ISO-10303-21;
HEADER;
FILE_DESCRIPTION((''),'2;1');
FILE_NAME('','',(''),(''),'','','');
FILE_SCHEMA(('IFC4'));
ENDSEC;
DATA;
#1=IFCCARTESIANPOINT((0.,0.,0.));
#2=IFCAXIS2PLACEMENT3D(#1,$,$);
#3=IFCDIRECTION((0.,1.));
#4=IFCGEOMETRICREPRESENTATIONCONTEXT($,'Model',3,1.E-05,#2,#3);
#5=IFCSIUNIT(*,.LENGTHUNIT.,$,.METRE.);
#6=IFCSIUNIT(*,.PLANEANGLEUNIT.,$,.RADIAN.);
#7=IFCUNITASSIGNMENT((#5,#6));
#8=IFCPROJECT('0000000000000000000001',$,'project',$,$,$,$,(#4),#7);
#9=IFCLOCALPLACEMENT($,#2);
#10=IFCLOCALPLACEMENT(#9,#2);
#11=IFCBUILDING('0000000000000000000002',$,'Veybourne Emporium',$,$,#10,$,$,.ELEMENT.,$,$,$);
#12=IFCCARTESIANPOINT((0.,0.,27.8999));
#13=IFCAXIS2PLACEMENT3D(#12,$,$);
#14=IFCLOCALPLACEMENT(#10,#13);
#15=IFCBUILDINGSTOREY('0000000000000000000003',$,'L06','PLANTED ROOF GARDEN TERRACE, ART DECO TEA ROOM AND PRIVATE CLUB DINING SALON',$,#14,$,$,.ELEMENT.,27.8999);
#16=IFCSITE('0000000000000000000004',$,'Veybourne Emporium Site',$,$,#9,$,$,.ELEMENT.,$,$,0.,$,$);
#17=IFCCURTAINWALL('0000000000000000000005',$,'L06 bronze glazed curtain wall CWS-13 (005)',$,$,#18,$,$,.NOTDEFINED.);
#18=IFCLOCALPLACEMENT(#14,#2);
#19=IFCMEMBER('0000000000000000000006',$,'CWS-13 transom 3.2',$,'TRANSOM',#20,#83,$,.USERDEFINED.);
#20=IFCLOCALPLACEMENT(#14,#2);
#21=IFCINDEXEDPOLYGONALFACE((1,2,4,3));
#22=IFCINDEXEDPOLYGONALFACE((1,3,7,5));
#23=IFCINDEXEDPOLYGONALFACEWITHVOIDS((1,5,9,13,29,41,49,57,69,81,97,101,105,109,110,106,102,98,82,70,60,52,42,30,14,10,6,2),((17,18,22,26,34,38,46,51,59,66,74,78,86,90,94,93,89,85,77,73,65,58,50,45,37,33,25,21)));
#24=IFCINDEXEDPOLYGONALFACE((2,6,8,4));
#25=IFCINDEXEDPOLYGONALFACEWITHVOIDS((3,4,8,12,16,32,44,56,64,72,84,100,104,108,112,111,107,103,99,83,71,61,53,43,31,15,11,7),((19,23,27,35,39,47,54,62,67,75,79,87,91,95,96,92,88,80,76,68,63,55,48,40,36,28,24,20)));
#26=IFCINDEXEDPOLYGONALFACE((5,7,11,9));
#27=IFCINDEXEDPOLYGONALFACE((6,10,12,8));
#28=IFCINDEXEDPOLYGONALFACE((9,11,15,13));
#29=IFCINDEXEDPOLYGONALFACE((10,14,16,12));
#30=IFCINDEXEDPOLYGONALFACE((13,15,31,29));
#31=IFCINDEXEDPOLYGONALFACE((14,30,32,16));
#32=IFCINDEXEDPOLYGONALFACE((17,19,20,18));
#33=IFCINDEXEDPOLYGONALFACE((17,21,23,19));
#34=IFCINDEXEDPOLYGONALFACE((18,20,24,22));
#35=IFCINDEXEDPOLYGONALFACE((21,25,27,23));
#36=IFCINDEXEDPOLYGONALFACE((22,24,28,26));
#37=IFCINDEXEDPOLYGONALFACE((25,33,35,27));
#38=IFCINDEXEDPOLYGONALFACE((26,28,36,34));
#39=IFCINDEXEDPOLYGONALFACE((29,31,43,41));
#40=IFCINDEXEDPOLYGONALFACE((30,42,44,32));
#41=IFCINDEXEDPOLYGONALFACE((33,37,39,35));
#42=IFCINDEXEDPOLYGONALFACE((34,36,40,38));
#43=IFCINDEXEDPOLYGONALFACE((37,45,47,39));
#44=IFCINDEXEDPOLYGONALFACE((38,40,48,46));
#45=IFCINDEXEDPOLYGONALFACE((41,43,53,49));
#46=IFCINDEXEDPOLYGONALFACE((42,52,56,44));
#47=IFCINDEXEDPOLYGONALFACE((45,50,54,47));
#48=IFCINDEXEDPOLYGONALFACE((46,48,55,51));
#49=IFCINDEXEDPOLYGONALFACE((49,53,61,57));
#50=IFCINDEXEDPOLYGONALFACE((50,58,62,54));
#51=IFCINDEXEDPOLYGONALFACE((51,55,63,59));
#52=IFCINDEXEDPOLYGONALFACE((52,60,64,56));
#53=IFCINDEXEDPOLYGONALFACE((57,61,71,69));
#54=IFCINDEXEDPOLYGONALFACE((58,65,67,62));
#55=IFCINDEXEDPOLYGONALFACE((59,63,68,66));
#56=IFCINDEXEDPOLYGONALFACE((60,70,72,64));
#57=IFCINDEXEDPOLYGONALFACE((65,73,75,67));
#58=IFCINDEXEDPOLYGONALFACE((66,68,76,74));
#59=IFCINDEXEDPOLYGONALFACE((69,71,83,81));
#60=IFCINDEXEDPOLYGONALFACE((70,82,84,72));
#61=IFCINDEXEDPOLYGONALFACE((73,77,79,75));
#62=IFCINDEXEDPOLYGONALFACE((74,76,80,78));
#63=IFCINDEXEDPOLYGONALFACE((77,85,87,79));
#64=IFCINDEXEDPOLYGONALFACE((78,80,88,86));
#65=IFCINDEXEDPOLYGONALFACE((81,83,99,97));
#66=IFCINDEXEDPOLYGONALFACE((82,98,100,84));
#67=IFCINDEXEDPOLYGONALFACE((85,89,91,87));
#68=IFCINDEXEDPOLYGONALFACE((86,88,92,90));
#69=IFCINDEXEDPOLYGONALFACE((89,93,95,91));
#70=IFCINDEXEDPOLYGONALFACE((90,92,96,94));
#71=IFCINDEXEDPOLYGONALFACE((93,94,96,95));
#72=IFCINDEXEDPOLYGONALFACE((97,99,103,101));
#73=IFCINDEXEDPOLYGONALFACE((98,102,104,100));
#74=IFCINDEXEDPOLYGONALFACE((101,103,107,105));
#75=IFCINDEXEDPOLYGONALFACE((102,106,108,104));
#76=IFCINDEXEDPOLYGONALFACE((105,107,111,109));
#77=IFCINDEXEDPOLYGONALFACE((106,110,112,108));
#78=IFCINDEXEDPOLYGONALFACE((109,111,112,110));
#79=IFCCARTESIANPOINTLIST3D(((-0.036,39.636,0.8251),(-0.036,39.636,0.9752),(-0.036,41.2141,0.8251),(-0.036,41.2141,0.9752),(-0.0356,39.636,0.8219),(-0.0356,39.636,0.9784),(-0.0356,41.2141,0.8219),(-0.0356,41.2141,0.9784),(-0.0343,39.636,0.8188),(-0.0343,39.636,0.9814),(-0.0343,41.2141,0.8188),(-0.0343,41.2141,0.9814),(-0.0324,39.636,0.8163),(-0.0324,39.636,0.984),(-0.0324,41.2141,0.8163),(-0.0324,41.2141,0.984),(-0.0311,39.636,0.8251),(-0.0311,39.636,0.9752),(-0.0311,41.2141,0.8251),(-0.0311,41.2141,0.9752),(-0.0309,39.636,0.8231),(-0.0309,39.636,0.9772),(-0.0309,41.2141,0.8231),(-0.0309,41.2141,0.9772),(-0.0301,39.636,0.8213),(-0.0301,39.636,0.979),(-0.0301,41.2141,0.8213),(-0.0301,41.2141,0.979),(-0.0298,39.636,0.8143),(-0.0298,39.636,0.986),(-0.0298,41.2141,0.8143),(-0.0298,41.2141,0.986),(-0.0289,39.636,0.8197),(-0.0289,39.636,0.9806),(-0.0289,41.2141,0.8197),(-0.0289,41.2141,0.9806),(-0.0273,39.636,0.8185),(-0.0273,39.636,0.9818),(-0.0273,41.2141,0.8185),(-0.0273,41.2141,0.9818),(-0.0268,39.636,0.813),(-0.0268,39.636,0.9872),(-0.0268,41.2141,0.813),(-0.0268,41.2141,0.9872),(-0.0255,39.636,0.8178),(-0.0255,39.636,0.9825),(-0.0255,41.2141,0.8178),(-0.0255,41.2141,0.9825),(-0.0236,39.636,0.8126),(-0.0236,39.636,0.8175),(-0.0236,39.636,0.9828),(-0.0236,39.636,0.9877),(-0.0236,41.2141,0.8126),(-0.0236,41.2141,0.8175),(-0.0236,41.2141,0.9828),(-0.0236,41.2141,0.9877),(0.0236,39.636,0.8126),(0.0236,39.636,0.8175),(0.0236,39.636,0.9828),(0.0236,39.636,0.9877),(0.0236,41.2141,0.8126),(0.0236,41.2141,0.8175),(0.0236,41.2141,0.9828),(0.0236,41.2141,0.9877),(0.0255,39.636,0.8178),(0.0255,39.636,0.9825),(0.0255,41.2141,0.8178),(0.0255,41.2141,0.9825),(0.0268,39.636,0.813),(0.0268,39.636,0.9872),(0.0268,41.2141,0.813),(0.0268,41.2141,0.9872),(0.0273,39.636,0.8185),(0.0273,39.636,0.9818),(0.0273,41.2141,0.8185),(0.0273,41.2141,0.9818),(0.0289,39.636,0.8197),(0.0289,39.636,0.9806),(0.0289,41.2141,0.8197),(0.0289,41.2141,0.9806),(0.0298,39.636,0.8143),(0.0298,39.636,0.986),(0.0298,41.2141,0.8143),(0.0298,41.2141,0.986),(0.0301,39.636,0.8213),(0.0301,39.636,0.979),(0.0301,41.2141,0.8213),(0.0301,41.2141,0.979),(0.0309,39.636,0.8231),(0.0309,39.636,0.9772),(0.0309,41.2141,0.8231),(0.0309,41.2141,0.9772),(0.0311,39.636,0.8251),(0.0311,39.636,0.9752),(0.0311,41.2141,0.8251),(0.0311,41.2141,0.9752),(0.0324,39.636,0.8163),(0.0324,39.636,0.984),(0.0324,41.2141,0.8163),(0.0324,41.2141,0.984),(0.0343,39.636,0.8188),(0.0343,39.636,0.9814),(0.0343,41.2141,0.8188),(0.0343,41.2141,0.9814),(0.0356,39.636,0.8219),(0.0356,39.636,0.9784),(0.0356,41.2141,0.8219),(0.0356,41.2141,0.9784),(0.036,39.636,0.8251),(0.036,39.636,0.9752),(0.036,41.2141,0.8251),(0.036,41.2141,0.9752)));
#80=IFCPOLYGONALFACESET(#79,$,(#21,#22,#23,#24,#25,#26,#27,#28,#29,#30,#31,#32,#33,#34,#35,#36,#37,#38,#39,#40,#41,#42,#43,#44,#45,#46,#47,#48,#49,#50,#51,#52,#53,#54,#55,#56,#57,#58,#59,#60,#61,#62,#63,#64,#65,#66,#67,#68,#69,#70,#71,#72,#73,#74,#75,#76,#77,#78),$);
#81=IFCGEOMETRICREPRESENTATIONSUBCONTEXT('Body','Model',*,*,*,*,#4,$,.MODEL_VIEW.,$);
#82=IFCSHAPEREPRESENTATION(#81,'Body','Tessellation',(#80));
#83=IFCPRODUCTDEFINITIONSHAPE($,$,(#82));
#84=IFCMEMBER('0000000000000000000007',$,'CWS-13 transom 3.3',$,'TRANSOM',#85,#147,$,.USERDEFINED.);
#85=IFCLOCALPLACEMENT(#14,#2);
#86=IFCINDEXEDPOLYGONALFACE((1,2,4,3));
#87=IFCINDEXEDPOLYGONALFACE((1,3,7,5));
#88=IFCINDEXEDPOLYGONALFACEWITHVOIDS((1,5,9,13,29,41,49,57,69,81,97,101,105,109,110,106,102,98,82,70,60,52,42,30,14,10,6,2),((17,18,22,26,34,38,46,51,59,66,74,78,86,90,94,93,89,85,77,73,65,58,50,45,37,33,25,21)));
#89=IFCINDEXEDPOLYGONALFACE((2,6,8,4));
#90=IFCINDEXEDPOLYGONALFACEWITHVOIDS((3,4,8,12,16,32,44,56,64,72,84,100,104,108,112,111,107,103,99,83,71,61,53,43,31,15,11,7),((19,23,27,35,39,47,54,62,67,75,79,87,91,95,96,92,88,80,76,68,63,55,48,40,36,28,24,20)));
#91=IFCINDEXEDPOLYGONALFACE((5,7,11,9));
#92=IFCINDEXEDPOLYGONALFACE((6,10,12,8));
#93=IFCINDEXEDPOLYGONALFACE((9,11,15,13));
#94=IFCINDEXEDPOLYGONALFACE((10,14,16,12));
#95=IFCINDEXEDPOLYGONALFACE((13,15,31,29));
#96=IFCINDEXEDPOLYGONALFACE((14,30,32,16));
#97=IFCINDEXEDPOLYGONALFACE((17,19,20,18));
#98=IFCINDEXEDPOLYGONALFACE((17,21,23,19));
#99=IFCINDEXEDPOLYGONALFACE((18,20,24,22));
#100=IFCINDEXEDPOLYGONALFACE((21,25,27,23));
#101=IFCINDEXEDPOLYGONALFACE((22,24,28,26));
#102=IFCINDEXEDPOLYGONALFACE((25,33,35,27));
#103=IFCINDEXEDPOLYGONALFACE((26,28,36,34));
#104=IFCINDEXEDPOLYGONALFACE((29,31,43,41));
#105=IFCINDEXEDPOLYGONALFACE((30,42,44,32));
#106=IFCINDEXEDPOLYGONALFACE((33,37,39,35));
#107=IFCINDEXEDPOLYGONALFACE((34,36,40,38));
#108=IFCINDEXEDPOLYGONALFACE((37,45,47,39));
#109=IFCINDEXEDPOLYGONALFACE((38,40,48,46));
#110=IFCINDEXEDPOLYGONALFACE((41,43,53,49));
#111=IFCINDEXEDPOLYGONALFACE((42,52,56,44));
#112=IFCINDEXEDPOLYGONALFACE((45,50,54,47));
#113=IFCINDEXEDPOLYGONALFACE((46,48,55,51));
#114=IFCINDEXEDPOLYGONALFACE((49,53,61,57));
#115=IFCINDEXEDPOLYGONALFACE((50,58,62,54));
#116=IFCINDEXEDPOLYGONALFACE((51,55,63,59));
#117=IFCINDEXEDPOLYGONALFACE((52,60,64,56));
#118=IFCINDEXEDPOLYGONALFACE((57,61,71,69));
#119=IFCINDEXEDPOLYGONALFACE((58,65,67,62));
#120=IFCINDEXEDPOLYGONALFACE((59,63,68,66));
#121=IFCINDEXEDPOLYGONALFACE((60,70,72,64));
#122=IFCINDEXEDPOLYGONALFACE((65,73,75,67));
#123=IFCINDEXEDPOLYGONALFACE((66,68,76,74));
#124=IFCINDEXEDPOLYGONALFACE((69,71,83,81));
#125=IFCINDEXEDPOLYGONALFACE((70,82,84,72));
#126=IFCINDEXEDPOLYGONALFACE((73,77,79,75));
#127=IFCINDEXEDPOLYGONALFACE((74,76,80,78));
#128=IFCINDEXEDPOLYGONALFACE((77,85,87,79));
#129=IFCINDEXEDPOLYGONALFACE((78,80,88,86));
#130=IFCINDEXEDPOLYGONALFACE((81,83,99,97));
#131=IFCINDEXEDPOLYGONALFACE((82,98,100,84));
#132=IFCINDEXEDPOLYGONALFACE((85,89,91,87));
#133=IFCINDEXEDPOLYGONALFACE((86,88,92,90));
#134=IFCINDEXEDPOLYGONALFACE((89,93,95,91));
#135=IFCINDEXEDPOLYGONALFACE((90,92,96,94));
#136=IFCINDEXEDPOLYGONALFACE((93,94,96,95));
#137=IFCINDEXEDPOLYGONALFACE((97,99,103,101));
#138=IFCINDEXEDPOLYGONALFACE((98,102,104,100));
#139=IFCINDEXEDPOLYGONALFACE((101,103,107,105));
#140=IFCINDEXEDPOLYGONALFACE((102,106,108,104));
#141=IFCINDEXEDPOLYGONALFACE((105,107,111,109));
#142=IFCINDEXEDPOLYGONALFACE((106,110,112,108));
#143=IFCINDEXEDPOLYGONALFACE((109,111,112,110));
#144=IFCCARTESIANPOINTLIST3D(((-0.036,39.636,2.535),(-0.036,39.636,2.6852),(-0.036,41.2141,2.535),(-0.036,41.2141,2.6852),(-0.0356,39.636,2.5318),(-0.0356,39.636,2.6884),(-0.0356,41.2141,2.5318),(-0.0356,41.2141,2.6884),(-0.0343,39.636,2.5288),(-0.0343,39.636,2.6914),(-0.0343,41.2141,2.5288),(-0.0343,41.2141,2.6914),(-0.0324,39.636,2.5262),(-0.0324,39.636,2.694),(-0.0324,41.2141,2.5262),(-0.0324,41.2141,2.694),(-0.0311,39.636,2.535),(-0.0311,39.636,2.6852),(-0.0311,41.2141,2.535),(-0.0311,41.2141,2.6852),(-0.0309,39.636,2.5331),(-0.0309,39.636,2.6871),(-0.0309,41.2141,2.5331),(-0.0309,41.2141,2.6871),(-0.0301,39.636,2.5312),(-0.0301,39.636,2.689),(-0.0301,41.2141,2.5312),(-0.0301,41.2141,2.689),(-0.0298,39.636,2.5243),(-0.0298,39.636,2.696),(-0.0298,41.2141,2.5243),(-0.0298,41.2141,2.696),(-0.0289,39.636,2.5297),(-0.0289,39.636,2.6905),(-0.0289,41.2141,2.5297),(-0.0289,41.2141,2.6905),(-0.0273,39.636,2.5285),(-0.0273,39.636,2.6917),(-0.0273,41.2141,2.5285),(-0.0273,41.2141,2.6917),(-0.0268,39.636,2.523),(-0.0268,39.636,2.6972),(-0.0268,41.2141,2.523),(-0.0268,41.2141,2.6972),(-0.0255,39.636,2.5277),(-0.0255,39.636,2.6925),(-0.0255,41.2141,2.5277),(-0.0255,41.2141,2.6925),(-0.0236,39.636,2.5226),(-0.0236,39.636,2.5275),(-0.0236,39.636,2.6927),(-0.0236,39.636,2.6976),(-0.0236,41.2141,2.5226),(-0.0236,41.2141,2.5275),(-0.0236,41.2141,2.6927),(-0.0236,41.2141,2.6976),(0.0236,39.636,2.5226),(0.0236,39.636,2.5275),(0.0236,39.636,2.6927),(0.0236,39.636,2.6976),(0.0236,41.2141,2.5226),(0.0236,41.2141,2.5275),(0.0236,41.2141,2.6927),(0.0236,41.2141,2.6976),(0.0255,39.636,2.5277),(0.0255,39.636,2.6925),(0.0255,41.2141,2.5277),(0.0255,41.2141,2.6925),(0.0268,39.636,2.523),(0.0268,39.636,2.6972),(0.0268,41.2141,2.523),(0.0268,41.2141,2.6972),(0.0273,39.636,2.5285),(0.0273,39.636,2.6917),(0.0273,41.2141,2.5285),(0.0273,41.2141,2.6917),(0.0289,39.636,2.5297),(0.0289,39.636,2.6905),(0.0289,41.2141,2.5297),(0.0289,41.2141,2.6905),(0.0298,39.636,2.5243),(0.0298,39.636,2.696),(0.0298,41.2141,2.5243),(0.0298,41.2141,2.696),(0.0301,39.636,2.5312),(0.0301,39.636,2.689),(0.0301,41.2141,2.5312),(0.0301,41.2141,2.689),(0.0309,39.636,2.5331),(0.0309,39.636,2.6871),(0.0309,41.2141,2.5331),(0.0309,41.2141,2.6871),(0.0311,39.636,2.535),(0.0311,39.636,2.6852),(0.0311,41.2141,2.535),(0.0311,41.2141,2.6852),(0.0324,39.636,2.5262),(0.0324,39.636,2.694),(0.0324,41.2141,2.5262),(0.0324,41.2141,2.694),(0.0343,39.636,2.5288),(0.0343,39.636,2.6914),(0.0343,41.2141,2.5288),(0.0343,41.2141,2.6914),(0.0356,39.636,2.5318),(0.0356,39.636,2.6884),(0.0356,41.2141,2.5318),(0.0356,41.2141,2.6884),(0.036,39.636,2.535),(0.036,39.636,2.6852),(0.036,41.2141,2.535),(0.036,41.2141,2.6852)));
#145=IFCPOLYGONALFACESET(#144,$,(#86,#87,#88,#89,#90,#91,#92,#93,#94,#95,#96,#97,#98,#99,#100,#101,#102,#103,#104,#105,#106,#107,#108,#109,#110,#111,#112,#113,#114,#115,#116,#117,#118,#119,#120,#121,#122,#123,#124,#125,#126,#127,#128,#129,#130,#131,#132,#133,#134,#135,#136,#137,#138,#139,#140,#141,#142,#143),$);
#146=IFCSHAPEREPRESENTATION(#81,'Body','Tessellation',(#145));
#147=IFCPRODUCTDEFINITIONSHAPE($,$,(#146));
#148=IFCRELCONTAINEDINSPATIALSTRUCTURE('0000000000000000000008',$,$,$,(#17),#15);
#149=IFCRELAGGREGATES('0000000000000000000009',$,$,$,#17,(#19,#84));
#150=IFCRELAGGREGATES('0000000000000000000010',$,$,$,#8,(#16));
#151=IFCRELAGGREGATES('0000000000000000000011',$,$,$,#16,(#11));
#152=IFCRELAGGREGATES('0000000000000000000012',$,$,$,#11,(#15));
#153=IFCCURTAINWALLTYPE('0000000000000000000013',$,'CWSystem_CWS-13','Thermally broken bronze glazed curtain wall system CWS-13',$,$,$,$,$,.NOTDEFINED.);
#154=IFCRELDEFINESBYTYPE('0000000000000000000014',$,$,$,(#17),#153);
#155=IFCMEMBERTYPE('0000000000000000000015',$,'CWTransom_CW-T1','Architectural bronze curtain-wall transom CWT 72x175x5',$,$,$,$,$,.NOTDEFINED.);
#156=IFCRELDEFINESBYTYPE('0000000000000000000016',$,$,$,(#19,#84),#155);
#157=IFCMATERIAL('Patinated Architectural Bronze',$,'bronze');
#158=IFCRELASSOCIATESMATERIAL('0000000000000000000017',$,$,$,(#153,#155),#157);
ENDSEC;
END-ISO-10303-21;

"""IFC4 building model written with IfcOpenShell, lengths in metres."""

from ifc_helpers import new_model, si_unit, direction, frame, origin, origin_2d, place, context, subcontext, project, spatial, hollow_rectangle, extrude, material, material_profile, profile_set, type_object, element, aggregate, save


model = new_model("IFC4")

# Units and contexts
model_context = context("Model", 3, precision=1e-05, world=origin(), true_north=direction((0.0, 1.0)))
body_context = subcontext(model_context, "Body", "Model", "MODEL_VIEW")
ifc_project = project(units=[si_unit("LENGTHUNIT", "METRE"), si_unit("PLANEANGLEUNIT", "RADIAN")], contexts=[model_context])

# Site, building, storey
site_placement = place(None, origin())
site = spatial("IfcSite", under=ifc_project, at=site_placement, Name="Veybourne Emporium Site", CompositionType="ELEMENT", RefElevation=0.0)
building_placement = place(site_placement, origin())
building = spatial("IfcBuilding", under=site, at=building_placement, Name="Veybourne Emporium", CompositionType="ELEMENT")
storey_placement = place(building_placement, frame((0.0, 0.0, 27.8999)))
storey = spatial("IfcBuildingStorey", under=building, at=storey_placement, Name="L06", Description="PLANTED ROOF GARDEN TERRACE, ART DECO TEA ROOM AND PRIVATE CLUB DINING SALON", CompositionType="ELEMENT", Elevation=27.8999)

# Curtain wall
ifc_material_1 = material(Name="Patinated Architectural Bronze", Category="bronze")
curtain_wall_type_1 = type_object("IfcCurtainWallType", Name="CWSystem_CWS-13", Description="Thermally broken bronze glazed curtain wall system CWS-13", PredefinedType="NOTDEFINED", material=ifc_material_1)
curtain_wall_1_placement = place(storey_placement, origin())
curtain_wall_1 = element("IfcCurtainWall", 1, at=curtain_wall_1_placement, inside=storey, type_object=curtain_wall_type_1, Name="L06 bronze glazed curtain wall CWS-13 (005)", PredefinedType="NOTDEFINED")

# Members
ifc_material_profile_1 = material_profile(ifc_material_1, hollow_rectangle(XDim=0.072, YDim=0.175, WallThickness=0.0049, InnerFilletRadius=0.0076, OuterFilletRadius=0.0125, at=origin_2d()), Name="CWT 72x175x5")
ifc_profile_set_1 = profile_set([ifc_material_profile_1], Name="Patinated Architectural Bronze")
member_type_1 = type_object("IfcMemberType", Name="CWTransom_CW-T1", Description="Architectural bronze curtain-wall transom CWT 72x175x5", PredefinedType="NOTDEFINED", material=ifc_profile_set_1)
member_1_placement = place(storey_placement, frame((0.0, 39.636, 0.9001), z_axis=(0.0, 1.0, 0.0), x_axis=(-1.0, 0.0, 0.0)))
member_1 = element("IfcMember", 2, at=member_1_placement, type_object=member_type_1, Name="CWS-13 transom 3.2", ObjectType="TRANSOM", PredefinedType="USERDEFINED", context=body_context, shape_type="SweptSolid", body=[
    extrude(hollow_rectangle(XDim=0.072, YDim=0.175, WallThickness=0.0049, InnerFilletRadius=0.0076, OuterFilletRadius=0.0125, at=origin_2d()), origin(), (0.0, 0.0, 1.0), 1.5781),
])
member_2_placement = place(storey_placement, frame((0.0, 39.636, 2.6101), z_axis=(0.0, 1.0, 0.0), x_axis=(-1.0, 0.0, 0.0)))
member_2 = element("IfcMember", 3, at=member_2_placement, type_object=member_type_1, Name="CWS-13 transom 3.3", ObjectType="TRANSOM", PredefinedType="USERDEFINED", context=body_context, shape_type="SweptSolid", body=[
    extrude(hollow_rectangle(XDim=0.072, YDim=0.175, WallThickness=0.0049, InnerFilletRadius=0.0076, OuterFilletRadius=0.0125, at=origin_2d()), origin(), (0.0, 0.0, 1.0), 1.5781),
])

aggregate(curtain_wall_1, [member_1, member_2])

save(model, "model.ifc")
